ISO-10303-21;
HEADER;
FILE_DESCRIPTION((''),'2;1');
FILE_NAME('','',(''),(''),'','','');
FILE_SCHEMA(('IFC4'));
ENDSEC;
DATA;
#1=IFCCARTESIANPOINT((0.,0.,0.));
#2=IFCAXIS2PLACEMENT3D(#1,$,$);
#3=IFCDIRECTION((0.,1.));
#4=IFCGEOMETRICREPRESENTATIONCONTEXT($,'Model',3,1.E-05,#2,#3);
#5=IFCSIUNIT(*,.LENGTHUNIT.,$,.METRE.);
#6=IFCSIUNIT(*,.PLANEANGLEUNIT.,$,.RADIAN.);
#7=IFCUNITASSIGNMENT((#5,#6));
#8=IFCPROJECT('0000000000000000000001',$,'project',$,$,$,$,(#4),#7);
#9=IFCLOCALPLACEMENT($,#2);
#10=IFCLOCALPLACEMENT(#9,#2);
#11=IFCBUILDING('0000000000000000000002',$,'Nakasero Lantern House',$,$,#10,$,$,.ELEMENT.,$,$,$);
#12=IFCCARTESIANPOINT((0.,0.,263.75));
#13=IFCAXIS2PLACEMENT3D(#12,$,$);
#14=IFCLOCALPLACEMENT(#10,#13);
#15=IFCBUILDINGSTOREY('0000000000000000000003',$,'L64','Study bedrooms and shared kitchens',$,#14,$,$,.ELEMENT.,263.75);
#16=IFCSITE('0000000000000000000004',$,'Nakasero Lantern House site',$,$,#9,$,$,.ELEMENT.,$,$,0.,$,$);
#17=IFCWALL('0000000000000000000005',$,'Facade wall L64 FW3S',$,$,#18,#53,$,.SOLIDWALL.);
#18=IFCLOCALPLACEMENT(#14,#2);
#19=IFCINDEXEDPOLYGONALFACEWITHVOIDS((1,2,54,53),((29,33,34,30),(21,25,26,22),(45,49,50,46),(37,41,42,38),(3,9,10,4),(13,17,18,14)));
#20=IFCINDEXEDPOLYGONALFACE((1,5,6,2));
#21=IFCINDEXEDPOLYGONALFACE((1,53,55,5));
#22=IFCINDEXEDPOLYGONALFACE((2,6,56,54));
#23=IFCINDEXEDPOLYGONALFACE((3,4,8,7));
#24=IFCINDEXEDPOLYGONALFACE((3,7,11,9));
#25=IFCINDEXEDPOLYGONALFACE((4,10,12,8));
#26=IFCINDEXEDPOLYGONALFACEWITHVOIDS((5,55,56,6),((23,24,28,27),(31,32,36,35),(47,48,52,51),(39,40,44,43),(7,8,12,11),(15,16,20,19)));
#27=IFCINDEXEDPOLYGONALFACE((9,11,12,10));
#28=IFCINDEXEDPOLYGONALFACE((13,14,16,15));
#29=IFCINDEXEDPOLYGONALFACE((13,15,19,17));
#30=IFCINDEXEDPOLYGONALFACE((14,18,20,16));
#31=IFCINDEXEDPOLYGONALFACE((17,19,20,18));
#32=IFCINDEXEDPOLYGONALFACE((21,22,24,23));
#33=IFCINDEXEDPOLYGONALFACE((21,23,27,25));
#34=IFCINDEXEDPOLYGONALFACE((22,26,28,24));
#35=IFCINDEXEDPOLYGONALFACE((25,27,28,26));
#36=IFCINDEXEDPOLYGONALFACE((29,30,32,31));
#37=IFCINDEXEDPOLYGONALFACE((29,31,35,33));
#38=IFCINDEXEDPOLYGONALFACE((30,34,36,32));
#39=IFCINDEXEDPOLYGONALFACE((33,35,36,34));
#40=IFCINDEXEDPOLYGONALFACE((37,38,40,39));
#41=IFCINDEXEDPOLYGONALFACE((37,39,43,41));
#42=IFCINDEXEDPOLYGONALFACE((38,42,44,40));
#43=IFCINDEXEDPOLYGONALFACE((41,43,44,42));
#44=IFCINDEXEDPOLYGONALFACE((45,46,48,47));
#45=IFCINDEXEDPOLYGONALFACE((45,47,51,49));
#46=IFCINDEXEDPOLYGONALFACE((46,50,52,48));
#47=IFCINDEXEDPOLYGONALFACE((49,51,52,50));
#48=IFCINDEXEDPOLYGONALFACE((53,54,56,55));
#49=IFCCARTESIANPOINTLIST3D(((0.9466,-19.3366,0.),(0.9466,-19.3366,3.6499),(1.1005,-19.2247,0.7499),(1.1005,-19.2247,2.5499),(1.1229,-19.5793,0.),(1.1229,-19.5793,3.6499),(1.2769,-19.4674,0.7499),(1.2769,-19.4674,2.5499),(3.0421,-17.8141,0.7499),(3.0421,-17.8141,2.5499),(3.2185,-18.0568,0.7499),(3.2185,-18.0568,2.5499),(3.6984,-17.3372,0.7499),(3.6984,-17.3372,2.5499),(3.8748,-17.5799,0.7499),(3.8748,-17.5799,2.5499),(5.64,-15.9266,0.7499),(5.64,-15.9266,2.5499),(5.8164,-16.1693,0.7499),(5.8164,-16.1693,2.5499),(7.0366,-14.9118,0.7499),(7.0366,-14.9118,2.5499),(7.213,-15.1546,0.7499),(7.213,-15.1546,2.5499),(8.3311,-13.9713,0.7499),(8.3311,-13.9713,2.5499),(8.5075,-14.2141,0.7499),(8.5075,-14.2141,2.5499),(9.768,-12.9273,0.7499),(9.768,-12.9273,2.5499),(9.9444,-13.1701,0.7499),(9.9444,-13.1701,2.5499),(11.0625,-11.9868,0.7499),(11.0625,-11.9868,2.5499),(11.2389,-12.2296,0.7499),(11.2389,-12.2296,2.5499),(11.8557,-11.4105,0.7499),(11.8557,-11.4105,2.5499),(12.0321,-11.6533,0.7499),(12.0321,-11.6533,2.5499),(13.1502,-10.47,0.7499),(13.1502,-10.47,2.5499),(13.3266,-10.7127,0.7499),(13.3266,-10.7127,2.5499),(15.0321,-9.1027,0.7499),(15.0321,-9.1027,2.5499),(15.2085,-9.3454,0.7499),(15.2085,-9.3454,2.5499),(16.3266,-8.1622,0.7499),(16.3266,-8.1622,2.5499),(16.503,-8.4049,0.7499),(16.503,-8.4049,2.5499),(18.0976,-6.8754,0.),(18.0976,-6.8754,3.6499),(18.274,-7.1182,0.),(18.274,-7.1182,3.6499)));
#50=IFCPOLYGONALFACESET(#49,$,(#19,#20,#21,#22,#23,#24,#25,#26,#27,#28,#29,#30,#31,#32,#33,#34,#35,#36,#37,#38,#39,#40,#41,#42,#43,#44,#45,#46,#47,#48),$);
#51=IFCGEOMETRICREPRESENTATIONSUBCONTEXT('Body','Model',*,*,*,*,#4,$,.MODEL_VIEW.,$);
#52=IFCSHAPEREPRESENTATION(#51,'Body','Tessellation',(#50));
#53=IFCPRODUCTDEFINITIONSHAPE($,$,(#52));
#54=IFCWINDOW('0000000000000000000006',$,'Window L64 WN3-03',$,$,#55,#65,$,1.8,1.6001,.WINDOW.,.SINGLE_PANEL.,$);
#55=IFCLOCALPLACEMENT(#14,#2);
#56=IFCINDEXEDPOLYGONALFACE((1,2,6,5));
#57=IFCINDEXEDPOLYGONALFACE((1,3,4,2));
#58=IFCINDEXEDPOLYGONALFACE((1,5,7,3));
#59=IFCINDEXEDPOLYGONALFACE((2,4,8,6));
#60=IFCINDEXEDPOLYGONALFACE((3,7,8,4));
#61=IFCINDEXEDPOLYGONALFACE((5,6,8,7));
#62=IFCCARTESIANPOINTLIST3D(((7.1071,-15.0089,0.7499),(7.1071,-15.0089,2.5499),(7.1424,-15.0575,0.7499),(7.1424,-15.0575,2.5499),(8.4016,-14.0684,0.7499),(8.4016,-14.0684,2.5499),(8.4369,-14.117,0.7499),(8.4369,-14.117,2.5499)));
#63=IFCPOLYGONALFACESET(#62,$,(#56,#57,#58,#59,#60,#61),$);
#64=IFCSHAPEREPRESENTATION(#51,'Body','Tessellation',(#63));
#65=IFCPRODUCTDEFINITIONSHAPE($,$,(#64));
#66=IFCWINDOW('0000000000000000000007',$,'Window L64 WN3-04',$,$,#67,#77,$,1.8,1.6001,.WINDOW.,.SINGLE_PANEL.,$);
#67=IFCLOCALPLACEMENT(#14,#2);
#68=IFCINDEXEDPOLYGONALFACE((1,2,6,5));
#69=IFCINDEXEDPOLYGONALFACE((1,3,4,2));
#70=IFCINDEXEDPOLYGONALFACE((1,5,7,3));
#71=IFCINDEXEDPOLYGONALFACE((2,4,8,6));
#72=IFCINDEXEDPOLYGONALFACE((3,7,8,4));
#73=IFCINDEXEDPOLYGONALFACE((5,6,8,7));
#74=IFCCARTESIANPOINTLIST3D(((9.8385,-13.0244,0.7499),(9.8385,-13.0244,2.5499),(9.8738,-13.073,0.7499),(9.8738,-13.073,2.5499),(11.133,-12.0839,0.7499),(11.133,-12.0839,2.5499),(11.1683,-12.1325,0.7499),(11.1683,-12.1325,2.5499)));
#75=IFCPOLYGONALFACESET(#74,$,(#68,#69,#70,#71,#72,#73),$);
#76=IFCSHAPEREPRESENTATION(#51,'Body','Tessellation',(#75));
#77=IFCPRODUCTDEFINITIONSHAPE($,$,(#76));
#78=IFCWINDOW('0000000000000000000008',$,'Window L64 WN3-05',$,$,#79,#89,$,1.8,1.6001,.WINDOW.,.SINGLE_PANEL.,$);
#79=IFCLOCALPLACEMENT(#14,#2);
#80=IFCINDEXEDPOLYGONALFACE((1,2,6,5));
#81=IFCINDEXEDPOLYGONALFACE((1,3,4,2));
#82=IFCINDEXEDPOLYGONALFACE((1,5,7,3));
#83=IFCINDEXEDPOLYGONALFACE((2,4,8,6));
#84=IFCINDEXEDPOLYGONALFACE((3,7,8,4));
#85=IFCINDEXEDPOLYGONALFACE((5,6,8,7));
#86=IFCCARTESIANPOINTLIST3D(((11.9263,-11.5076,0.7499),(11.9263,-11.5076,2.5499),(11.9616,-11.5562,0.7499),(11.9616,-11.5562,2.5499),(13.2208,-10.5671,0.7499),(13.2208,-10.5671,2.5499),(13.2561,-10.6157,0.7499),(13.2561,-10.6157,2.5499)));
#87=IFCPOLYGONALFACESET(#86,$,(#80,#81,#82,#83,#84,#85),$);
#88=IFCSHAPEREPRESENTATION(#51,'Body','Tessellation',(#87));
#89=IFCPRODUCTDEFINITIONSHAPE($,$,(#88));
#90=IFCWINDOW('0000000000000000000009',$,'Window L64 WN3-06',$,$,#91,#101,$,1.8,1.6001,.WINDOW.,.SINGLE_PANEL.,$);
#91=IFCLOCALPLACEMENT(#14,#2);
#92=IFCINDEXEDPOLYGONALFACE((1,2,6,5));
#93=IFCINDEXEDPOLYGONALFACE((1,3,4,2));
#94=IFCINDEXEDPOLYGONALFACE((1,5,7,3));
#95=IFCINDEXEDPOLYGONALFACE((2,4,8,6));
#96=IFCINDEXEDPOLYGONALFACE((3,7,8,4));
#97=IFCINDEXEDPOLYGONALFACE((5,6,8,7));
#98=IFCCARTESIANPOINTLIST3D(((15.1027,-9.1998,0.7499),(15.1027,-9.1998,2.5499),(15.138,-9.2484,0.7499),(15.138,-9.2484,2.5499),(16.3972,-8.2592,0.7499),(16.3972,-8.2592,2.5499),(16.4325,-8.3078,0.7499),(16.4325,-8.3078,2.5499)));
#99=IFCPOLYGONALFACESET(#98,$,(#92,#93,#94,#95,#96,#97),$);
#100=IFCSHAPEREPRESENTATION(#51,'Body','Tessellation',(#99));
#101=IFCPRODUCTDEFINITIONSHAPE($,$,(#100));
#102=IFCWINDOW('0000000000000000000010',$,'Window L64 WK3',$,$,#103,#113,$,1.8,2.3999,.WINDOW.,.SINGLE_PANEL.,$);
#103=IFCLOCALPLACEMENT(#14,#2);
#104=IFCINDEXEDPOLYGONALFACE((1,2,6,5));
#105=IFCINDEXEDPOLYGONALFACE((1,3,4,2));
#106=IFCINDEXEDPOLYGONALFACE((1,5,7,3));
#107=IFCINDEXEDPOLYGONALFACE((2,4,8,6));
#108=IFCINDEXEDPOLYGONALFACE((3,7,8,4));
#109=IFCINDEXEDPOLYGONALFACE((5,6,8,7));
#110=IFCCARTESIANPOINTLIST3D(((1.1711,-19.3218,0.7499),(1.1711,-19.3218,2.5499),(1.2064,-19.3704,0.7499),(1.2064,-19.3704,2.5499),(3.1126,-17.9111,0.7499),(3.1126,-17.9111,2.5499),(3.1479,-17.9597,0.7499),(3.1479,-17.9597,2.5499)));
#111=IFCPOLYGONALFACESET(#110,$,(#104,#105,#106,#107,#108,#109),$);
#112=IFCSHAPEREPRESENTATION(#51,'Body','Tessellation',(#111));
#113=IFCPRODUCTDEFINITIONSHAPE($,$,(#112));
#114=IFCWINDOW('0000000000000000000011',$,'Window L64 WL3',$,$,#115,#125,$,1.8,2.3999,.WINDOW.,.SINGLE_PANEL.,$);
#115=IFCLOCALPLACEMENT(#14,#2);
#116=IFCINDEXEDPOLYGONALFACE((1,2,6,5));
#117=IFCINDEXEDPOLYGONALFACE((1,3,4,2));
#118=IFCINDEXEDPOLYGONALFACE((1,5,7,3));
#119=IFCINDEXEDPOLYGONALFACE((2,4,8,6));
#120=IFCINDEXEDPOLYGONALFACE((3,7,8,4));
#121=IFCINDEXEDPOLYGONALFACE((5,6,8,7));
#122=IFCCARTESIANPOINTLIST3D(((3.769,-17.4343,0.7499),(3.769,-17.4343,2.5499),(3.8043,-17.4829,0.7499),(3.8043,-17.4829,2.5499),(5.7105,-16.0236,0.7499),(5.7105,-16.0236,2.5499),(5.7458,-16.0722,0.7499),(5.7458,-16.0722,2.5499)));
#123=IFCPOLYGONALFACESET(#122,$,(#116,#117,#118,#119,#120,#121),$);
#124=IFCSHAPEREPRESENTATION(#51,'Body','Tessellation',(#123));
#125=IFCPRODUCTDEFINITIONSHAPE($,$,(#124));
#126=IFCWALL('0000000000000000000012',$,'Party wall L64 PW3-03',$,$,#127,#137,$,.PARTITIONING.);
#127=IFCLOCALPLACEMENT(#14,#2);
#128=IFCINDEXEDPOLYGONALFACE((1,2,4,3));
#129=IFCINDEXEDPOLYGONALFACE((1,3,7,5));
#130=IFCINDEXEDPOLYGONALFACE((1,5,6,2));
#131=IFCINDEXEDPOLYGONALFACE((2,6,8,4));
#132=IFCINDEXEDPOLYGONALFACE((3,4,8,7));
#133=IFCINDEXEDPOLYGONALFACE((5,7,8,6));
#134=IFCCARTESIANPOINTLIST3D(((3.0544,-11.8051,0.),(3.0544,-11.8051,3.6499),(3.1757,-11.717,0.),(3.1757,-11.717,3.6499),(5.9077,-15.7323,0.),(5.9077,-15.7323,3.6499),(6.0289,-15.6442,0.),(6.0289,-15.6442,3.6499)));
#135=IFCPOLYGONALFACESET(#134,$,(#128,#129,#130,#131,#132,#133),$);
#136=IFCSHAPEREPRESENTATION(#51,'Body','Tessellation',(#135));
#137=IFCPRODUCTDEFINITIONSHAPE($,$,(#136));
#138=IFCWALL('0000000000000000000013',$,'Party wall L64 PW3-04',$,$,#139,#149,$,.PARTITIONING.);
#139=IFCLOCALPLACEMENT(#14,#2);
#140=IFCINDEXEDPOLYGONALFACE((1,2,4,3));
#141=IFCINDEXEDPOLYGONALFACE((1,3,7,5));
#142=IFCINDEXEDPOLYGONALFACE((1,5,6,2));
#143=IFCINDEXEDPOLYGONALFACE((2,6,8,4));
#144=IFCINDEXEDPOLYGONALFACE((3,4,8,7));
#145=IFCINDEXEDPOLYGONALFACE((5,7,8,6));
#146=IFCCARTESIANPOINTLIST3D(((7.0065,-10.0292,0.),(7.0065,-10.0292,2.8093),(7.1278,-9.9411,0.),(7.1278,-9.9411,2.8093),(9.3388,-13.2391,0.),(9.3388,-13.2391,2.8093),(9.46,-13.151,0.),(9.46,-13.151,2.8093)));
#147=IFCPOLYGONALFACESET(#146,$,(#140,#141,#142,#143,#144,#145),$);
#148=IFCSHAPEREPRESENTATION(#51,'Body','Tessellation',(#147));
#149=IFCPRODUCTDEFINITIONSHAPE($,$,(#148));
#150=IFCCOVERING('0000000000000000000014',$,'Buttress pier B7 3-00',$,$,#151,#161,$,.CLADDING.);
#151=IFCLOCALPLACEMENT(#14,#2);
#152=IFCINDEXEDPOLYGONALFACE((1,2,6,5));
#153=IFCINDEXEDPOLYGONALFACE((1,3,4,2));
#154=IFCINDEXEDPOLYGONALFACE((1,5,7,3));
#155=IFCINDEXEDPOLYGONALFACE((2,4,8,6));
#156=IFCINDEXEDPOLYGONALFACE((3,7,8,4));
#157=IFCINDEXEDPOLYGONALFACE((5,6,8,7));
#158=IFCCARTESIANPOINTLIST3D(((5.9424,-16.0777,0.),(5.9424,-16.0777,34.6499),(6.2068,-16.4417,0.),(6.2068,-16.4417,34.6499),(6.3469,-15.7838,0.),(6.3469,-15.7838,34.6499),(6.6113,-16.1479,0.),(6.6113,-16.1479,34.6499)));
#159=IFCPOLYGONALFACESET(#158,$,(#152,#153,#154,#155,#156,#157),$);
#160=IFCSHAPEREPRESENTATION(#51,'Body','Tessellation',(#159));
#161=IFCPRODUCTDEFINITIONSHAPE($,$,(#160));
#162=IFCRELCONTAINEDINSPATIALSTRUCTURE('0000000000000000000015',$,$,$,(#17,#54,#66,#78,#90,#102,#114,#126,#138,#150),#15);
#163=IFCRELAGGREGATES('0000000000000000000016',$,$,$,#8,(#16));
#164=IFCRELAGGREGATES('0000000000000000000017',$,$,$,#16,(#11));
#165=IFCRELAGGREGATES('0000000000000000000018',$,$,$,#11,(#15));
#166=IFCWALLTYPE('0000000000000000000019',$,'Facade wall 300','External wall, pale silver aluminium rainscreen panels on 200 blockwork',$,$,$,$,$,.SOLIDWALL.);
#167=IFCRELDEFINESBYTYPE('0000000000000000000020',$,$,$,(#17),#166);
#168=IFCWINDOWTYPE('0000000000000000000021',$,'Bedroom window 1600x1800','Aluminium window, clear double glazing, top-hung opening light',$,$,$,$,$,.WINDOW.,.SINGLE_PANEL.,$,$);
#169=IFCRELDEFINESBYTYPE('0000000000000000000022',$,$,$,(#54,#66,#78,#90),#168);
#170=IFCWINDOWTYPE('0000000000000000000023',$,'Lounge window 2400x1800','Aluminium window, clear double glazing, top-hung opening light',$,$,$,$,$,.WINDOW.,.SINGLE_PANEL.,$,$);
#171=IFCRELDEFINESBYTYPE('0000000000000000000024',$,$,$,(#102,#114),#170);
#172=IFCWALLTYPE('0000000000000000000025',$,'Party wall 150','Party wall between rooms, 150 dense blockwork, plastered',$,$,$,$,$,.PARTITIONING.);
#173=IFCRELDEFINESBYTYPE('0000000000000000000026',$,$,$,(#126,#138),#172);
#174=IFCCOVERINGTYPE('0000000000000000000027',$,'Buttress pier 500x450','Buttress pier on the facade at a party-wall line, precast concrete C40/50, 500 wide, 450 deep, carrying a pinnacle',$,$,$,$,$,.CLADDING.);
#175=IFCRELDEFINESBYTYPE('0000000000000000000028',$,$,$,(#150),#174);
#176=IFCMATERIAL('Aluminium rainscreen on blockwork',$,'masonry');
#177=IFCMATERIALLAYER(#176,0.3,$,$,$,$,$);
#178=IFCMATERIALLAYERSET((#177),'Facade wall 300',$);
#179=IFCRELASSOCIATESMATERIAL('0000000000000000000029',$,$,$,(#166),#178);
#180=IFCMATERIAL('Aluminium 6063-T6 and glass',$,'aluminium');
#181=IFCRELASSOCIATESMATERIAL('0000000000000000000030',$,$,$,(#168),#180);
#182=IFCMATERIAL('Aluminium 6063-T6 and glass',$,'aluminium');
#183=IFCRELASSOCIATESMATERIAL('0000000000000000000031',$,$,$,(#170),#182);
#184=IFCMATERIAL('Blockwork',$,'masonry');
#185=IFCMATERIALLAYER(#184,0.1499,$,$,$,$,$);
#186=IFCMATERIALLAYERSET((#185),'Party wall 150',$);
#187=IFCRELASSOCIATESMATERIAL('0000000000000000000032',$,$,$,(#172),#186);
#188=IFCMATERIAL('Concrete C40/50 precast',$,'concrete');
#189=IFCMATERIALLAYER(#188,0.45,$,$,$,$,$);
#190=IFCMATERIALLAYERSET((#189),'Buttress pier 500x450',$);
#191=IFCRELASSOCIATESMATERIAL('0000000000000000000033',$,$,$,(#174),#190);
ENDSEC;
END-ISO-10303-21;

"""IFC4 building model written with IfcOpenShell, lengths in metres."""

from ifc_helpers import new_model, si_unit, direction, frame, frame_2d, origin, origin_2d, place, context, subcontext, project, spatial, rectangle, extrude, material, layer, layer_set, type_object, element, fill, save


model = new_model("IFC4")

# Units and contexts
model_context = context("Model", 3, precision=1e-05, world=origin(), true_north=direction((0.0, 1.0)))
body_context = subcontext(model_context, "Body", "Model", "MODEL_VIEW")
ifc_project = project(units=[si_unit("LENGTHUNIT", "METRE"), si_unit("PLANEANGLEUNIT", "RADIAN")], contexts=[model_context])

# Site, building, storey
site_placement = place(None, origin())
site = spatial("IfcSite", under=ifc_project, at=site_placement, Name="Nakasero Lantern House site", CompositionType="ELEMENT", RefElevation=0.0)
building_placement = place(site_placement, origin())
building = spatial("IfcBuilding", under=site, at=building_placement, Name="Nakasero Lantern House", CompositionType="ELEMENT")
storey_placement = place(building_placement, frame((0.0, 0.0, 263.75)))
storey = spatial("IfcBuildingStorey", under=building, at=storey_placement, Name="L64", Description="Study bedrooms and shared kitchens", CompositionType="ELEMENT", Elevation=263.75)

# Wall, openings, windows
ifc_material_1 = material(Name="Aluminium rainscreen on blockwork", Category="masonry")
ifc_layer_1 = layer(ifc_material_1, 0.3)
ifc_layer_set_1 = layer_set([ifc_layer_1], Name="Facade wall 300")
wall_type_1 = type_object("IfcWallType", Name="Facade wall 300", Description="External wall, pale silver aluminium rainscreen panels on 200 blockwork", PredefinedType="SOLIDWALL", material=ifc_layer_set_1)
wall_1_placement = place(storey_placement, frame((1.0347, -19.458, 0.0), z_axis=(0.0, 0.0, 1.0), x_axis=(0.809013, 0.58779, 0.0)))
wall_1 = element("IfcWall", 1, at=wall_1_placement, inside=storey, type_object=wall_type_1, Name="Facade wall L64 FW3S", PredefinedType="SOLIDWALL", context=body_context, shape_type="SweptSolid", body=[
    extrude(rectangle(XDim=21.2, YDim=0.3, at=frame_2d((10.6001, 0.0))), origin(), (0.0, 0.0, 1.0), 3.6499),
])
opening_1_placement = place(wall_1_placement, frame((7.5278, 0.0, 0.75)))
opening_1 = element("IfcOpeningElement", 2, at=opening_1_placement, cuts=wall_1, PredefinedType="OPENING", context=body_context, shape_type="SweptSolid", body=[
    extrude(rectangle(XDim=1.6001, YDim=1.8, at=frame_2d((0.8, 0.8999))), frame((0.0, 0.1699, 0.0), z_axis=(0.0, -1.0, 0.0), x_axis=(1.0, 0.0, 0.0)), (0.0, 0.0, 1.0), 0.3401),
])
opening_2_placement = place(wall_1_placement, frame((10.9041, 0.0, 0.75)))
opening_2 = element("IfcOpeningElement", 3, at=opening_2_placement, cuts=wall_1, PredefinedType="OPENING", context=body_context, shape_type="SweptSolid", body=[
    extrude(rectangle(XDim=1.6001, YDim=1.8, at=frame_2d((0.8, 0.8999))), frame((0.0, 0.1699, 0.0), z_axis=(0.0, -1.0, 0.0), x_axis=(1.0, 0.0, 0.0)), (0.0, 0.0, 1.0), 0.3401),
])
opening_3_placement = place(wall_1_placement, frame((13.4846, 0.0, 0.75)))
opening_3 = element("IfcOpeningElement", 4, at=opening_3_placement, cuts=wall_1, PredefinedType="OPENING", context=body_context, shape_type="SweptSolid", body=[
    extrude(rectangle(XDim=1.6001, YDim=1.8, at=frame_2d((0.8, 0.8999))), frame((0.0, 0.1699, 0.0), z_axis=(0.0, -1.0, 0.0), x_axis=(1.0, 0.0, 0.0)), (0.0, 0.0, 1.0), 0.3401),
])
opening_4_placement = place(wall_1_placement, frame((17.4109, 0.0, 0.75)))
opening_4 = element("IfcOpeningElement", 5, at=opening_4_placement, cuts=wall_1, PredefinedType="OPENING", context=body_context, shape_type="SweptSolid", body=[
    extrude(rectangle(XDim=1.6001, YDim=1.8, at=frame_2d((0.8, 0.8999))), frame((0.0, 0.1699, 0.0), z_axis=(0.0, -1.0, 0.0), x_axis=(1.0, 0.0, 0.0)), (0.0, 0.0, 1.0), 0.3401),
])
opening_5_placement = place(wall_1_placement, frame((0.1904, 0.0, 0.75)))
opening_5 = element("IfcOpeningElement", 6, at=opening_5_placement, cuts=wall_1, PredefinedType="OPENING", context=body_context, shape_type="SweptSolid", body=[
    extrude(rectangle(XDim=2.3999, YDim=1.8, at=frame_2d((1.2, 0.8999))), frame((0.0, 0.1699, 0.0), z_axis=(0.0, -1.0, 0.0), x_axis=(1.0, 0.0, 0.0)), (0.0, 0.0, 1.0), 0.3401),
])
opening_6_placement = place(wall_1_placement, frame((3.4016, 0.0, 0.75)))
opening_6 = element("IfcOpeningElement", 7, at=opening_6_placement, cuts=wall_1, PredefinedType="OPENING", context=body_context, shape_type="SweptSolid", body=[
    extrude(rectangle(XDim=2.3999, YDim=1.8, at=frame_2d((1.2, 0.8999))), frame((0.0, 0.1699, 0.0), z_axis=(0.0, -1.0, 0.0), x_axis=(1.0, 0.0, 0.0)), (0.0, 0.0, 1.0), 0.3401),
])
ifc_material_2 = material(Name="Aluminium 6063-T6 and glass", Category="aluminium")
window_type_1 = type_object("IfcWindowType", Name="Bedroom window 1600x1800", Description="Aluminium window, clear double glazing, top-hung opening light", PartitioningType="SINGLE_PANEL", PredefinedType="WINDOW", material=ifc_material_2)
window_1_placement = place(opening_1_placement, origin())
window_1 = element("IfcWindow", 8, at=window_1_placement, inside=storey, type_object=window_type_1, Name="Window L64 WN3-03", OverallHeight=1.8, OverallWidth=1.6001, PartitioningType="SINGLE_PANEL", PredefinedType="WINDOW", context=body_context, shape_type="SweptSolid", body=[
    extrude(rectangle(XDim=1.6001, YDim=1.8, at=frame_2d((0.8, 0.8999))), frame((0.0, 0.03, 0.0), z_axis=(0.0, -1.0, 0.0), x_axis=(1.0, 0.0, 0.0)), (0.0, 0.0, 1.0), 0.0601),
])
fill(opening_1, window_1)
window_2_placement = place(opening_2_placement, origin())
window_2 = element("IfcWindow", 9, at=window_2_placement, inside=storey, type_object=window_type_1, Name="Window L64 WN3-04", OverallHeight=1.8, OverallWidth=1.6001, PartitioningType="SINGLE_PANEL", PredefinedType="WINDOW", context=body_context, shape_type="SweptSolid", body=[
    extrude(rectangle(XDim=1.6001, YDim=1.8, at=frame_2d((0.8, 0.8999))), frame((0.0, 0.03, 0.0), z_axis=(0.0, -1.0, 0.0), x_axis=(1.0, 0.0, 0.0)), (0.0, 0.0, 1.0), 0.0601),
])
fill(opening_2, window_2)
window_3_placement = place(opening_3_placement, origin())
window_3 = element("IfcWindow", 10, at=window_3_placement, inside=storey, type_object=window_type_1, Name="Window L64 WN3-05", OverallHeight=1.8, OverallWidth=1.6001, PartitioningType="SINGLE_PANEL", PredefinedType="WINDOW", context=body_context, shape_type="SweptSolid", body=[
    extrude(rectangle(XDim=1.6001, YDim=1.8, at=frame_2d((0.8, 0.8999))), frame((0.0, 0.03, 0.0), z_axis=(0.0, -1.0, 0.0), x_axis=(1.0, 0.0, 0.0)), (0.0, 0.0, 1.0), 0.0601),
])
fill(opening_3, window_3)
window_4_placement = place(opening_4_placement, origin())
window_4 = element("IfcWindow", 11, at=window_4_placement, inside=storey, type_object=window_type_1, Name="Window L64 WN3-06", OverallHeight=1.8, OverallWidth=1.6001, PartitioningType="SINGLE_PANEL", PredefinedType="WINDOW", context=body_context, shape_type="SweptSolid", body=[
    extrude(rectangle(XDim=1.6001, YDim=1.8, at=frame_2d((0.8, 0.8999))), frame((0.0, 0.03, 0.0), z_axis=(0.0, -1.0, 0.0), x_axis=(1.0, 0.0, 0.0)), (0.0, 0.0, 1.0), 0.0601),
])
fill(opening_4, window_4)
ifc_material_3 = material(Name="Aluminium 6063-T6 and glass", Category="aluminium")
window_type_2 = type_object("IfcWindowType", Name="Lounge window 2400x1800", Description="Aluminium window, clear double glazing, top-hung opening light", PartitioningType="SINGLE_PANEL", PredefinedType="WINDOW", material=ifc_material_3)
window_5_placement = place(opening_5_placement, origin())
window_5 = element("IfcWindow", 12, at=window_5_placement, inside=storey, type_object=window_type_2, Name="Window L64 WK3", OverallHeight=1.8, OverallWidth=2.3999, PartitioningType="SINGLE_PANEL", PredefinedType="WINDOW", context=body_context, shape_type="SweptSolid", body=[
    extrude(rectangle(XDim=2.3999, YDim=1.8, at=frame_2d((1.2, 0.8999))), frame((0.0, 0.03, 0.0), z_axis=(0.0, -1.0, 0.0), x_axis=(1.0, 0.0, 0.0)), (0.0, 0.0, 1.0), 0.0601),
])
fill(opening_5, window_5)
window_6_placement = place(opening_6_placement, origin())
window_6 = element("IfcWindow", 13, at=window_6_placement, inside=storey, type_object=window_type_2, Name="Window L64 WL3", OverallHeight=1.8, OverallWidth=2.3999, PartitioningType="SINGLE_PANEL", PredefinedType="WINDOW", context=body_context, shape_type="SweptSolid", body=[
    extrude(rectangle(XDim=2.3999, YDim=1.8, at=frame_2d((1.2, 0.8999))), frame((0.0, 0.03, 0.0), z_axis=(0.0, -1.0, 0.0), x_axis=(1.0, 0.0, 0.0)), (0.0, 0.0, 1.0), 0.0601),
])
fill(opening_6, window_6)

# Walls
ifc_material_4 = material(Name="Blockwork", Category="masonry")
ifc_layer_2 = layer(ifc_material_4, 0.1499)
ifc_layer_set_2 = layer_set([ifc_layer_2], Name="Party wall 150")
wall_type_2 = type_object("IfcWallType", Name="Party wall 150", Description="Party wall between rooms, 150 dense blockwork, plastered", PredefinedType="PARTITIONING", material=ifc_layer_set_2)
wall_2_placement = place(storey_placement, frame((3.115, -11.761, 0.0), z_axis=(0.0, 0.0, 1.0), x_axis=(0.58778, -0.809021, 0.0)))
element("IfcWall", 14, at=wall_2_placement, inside=storey, type_object=wall_type_2, Name="Party wall L64 PW3-03", PredefinedType="PARTITIONING", context=body_context, shape_type="SweptSolid", body=[
    extrude(rectangle(XDim=4.8542, YDim=0.1499, at=frame_2d((2.4272, 0.0))), origin(), (0.0, 0.0, 1.0), 3.6499),
])
wall_3_placement = place(storey_placement, frame((7.0671, -9.9851, 0.0), z_axis=(0.0, 0.0, 1.0), x_axis=(0.587802, -0.809005, 0.0)))
element("IfcWall", 15, at=wall_3_placement, inside=storey, type_object=wall_type_2, Name="Party wall L64 PW3-04", PredefinedType="PARTITIONING", context=body_context, shape_type="SweptSolid", body=[
    extrude(rectangle(XDim=3.9678, YDim=0.1499, at=frame_2d((1.9839, 0.0))), origin(), (0.0, 0.0, 1.0), 2.8093),
])

# Covering
ifc_material_5 = material(Name="Concrete C40/50 precast", Category="concrete")
ifc_layer_3 = layer(ifc_material_5, 0.45)
ifc_layer_set_3 = layer_set([ifc_layer_3], Name="Buttress pier 500x450")
covering_type = type_object("IfcCoveringType", Name="Buttress pier 500x450", Description="Buttress pier on the facade at a party-wall line, precast concrete C40/50, 500 wide, 450 deep, carrying a pinnacle", PredefinedType="CLADDING", material=ifc_layer_set_3)
covering_placement = place(storey_placement, frame((6.2769, -16.1128, 0.0), z_axis=(0.0, 0.0, 1.0), x_axis=(0.587785, -0.809017, 0.0)))
element("IfcCovering", 16, at=covering_placement, inside=storey, type_object=covering_type, Name="Buttress pier B7 3-00", PredefinedType="CLADDING", context=body_context, shape_type="SweptSolid", body=[
    extrude(rectangle(XDim=0.45, YDim=0.5, at=origin_2d()), origin(), (0.0, 0.0, 1.0), 34.6499),
])

save(model, "model.ifc")
